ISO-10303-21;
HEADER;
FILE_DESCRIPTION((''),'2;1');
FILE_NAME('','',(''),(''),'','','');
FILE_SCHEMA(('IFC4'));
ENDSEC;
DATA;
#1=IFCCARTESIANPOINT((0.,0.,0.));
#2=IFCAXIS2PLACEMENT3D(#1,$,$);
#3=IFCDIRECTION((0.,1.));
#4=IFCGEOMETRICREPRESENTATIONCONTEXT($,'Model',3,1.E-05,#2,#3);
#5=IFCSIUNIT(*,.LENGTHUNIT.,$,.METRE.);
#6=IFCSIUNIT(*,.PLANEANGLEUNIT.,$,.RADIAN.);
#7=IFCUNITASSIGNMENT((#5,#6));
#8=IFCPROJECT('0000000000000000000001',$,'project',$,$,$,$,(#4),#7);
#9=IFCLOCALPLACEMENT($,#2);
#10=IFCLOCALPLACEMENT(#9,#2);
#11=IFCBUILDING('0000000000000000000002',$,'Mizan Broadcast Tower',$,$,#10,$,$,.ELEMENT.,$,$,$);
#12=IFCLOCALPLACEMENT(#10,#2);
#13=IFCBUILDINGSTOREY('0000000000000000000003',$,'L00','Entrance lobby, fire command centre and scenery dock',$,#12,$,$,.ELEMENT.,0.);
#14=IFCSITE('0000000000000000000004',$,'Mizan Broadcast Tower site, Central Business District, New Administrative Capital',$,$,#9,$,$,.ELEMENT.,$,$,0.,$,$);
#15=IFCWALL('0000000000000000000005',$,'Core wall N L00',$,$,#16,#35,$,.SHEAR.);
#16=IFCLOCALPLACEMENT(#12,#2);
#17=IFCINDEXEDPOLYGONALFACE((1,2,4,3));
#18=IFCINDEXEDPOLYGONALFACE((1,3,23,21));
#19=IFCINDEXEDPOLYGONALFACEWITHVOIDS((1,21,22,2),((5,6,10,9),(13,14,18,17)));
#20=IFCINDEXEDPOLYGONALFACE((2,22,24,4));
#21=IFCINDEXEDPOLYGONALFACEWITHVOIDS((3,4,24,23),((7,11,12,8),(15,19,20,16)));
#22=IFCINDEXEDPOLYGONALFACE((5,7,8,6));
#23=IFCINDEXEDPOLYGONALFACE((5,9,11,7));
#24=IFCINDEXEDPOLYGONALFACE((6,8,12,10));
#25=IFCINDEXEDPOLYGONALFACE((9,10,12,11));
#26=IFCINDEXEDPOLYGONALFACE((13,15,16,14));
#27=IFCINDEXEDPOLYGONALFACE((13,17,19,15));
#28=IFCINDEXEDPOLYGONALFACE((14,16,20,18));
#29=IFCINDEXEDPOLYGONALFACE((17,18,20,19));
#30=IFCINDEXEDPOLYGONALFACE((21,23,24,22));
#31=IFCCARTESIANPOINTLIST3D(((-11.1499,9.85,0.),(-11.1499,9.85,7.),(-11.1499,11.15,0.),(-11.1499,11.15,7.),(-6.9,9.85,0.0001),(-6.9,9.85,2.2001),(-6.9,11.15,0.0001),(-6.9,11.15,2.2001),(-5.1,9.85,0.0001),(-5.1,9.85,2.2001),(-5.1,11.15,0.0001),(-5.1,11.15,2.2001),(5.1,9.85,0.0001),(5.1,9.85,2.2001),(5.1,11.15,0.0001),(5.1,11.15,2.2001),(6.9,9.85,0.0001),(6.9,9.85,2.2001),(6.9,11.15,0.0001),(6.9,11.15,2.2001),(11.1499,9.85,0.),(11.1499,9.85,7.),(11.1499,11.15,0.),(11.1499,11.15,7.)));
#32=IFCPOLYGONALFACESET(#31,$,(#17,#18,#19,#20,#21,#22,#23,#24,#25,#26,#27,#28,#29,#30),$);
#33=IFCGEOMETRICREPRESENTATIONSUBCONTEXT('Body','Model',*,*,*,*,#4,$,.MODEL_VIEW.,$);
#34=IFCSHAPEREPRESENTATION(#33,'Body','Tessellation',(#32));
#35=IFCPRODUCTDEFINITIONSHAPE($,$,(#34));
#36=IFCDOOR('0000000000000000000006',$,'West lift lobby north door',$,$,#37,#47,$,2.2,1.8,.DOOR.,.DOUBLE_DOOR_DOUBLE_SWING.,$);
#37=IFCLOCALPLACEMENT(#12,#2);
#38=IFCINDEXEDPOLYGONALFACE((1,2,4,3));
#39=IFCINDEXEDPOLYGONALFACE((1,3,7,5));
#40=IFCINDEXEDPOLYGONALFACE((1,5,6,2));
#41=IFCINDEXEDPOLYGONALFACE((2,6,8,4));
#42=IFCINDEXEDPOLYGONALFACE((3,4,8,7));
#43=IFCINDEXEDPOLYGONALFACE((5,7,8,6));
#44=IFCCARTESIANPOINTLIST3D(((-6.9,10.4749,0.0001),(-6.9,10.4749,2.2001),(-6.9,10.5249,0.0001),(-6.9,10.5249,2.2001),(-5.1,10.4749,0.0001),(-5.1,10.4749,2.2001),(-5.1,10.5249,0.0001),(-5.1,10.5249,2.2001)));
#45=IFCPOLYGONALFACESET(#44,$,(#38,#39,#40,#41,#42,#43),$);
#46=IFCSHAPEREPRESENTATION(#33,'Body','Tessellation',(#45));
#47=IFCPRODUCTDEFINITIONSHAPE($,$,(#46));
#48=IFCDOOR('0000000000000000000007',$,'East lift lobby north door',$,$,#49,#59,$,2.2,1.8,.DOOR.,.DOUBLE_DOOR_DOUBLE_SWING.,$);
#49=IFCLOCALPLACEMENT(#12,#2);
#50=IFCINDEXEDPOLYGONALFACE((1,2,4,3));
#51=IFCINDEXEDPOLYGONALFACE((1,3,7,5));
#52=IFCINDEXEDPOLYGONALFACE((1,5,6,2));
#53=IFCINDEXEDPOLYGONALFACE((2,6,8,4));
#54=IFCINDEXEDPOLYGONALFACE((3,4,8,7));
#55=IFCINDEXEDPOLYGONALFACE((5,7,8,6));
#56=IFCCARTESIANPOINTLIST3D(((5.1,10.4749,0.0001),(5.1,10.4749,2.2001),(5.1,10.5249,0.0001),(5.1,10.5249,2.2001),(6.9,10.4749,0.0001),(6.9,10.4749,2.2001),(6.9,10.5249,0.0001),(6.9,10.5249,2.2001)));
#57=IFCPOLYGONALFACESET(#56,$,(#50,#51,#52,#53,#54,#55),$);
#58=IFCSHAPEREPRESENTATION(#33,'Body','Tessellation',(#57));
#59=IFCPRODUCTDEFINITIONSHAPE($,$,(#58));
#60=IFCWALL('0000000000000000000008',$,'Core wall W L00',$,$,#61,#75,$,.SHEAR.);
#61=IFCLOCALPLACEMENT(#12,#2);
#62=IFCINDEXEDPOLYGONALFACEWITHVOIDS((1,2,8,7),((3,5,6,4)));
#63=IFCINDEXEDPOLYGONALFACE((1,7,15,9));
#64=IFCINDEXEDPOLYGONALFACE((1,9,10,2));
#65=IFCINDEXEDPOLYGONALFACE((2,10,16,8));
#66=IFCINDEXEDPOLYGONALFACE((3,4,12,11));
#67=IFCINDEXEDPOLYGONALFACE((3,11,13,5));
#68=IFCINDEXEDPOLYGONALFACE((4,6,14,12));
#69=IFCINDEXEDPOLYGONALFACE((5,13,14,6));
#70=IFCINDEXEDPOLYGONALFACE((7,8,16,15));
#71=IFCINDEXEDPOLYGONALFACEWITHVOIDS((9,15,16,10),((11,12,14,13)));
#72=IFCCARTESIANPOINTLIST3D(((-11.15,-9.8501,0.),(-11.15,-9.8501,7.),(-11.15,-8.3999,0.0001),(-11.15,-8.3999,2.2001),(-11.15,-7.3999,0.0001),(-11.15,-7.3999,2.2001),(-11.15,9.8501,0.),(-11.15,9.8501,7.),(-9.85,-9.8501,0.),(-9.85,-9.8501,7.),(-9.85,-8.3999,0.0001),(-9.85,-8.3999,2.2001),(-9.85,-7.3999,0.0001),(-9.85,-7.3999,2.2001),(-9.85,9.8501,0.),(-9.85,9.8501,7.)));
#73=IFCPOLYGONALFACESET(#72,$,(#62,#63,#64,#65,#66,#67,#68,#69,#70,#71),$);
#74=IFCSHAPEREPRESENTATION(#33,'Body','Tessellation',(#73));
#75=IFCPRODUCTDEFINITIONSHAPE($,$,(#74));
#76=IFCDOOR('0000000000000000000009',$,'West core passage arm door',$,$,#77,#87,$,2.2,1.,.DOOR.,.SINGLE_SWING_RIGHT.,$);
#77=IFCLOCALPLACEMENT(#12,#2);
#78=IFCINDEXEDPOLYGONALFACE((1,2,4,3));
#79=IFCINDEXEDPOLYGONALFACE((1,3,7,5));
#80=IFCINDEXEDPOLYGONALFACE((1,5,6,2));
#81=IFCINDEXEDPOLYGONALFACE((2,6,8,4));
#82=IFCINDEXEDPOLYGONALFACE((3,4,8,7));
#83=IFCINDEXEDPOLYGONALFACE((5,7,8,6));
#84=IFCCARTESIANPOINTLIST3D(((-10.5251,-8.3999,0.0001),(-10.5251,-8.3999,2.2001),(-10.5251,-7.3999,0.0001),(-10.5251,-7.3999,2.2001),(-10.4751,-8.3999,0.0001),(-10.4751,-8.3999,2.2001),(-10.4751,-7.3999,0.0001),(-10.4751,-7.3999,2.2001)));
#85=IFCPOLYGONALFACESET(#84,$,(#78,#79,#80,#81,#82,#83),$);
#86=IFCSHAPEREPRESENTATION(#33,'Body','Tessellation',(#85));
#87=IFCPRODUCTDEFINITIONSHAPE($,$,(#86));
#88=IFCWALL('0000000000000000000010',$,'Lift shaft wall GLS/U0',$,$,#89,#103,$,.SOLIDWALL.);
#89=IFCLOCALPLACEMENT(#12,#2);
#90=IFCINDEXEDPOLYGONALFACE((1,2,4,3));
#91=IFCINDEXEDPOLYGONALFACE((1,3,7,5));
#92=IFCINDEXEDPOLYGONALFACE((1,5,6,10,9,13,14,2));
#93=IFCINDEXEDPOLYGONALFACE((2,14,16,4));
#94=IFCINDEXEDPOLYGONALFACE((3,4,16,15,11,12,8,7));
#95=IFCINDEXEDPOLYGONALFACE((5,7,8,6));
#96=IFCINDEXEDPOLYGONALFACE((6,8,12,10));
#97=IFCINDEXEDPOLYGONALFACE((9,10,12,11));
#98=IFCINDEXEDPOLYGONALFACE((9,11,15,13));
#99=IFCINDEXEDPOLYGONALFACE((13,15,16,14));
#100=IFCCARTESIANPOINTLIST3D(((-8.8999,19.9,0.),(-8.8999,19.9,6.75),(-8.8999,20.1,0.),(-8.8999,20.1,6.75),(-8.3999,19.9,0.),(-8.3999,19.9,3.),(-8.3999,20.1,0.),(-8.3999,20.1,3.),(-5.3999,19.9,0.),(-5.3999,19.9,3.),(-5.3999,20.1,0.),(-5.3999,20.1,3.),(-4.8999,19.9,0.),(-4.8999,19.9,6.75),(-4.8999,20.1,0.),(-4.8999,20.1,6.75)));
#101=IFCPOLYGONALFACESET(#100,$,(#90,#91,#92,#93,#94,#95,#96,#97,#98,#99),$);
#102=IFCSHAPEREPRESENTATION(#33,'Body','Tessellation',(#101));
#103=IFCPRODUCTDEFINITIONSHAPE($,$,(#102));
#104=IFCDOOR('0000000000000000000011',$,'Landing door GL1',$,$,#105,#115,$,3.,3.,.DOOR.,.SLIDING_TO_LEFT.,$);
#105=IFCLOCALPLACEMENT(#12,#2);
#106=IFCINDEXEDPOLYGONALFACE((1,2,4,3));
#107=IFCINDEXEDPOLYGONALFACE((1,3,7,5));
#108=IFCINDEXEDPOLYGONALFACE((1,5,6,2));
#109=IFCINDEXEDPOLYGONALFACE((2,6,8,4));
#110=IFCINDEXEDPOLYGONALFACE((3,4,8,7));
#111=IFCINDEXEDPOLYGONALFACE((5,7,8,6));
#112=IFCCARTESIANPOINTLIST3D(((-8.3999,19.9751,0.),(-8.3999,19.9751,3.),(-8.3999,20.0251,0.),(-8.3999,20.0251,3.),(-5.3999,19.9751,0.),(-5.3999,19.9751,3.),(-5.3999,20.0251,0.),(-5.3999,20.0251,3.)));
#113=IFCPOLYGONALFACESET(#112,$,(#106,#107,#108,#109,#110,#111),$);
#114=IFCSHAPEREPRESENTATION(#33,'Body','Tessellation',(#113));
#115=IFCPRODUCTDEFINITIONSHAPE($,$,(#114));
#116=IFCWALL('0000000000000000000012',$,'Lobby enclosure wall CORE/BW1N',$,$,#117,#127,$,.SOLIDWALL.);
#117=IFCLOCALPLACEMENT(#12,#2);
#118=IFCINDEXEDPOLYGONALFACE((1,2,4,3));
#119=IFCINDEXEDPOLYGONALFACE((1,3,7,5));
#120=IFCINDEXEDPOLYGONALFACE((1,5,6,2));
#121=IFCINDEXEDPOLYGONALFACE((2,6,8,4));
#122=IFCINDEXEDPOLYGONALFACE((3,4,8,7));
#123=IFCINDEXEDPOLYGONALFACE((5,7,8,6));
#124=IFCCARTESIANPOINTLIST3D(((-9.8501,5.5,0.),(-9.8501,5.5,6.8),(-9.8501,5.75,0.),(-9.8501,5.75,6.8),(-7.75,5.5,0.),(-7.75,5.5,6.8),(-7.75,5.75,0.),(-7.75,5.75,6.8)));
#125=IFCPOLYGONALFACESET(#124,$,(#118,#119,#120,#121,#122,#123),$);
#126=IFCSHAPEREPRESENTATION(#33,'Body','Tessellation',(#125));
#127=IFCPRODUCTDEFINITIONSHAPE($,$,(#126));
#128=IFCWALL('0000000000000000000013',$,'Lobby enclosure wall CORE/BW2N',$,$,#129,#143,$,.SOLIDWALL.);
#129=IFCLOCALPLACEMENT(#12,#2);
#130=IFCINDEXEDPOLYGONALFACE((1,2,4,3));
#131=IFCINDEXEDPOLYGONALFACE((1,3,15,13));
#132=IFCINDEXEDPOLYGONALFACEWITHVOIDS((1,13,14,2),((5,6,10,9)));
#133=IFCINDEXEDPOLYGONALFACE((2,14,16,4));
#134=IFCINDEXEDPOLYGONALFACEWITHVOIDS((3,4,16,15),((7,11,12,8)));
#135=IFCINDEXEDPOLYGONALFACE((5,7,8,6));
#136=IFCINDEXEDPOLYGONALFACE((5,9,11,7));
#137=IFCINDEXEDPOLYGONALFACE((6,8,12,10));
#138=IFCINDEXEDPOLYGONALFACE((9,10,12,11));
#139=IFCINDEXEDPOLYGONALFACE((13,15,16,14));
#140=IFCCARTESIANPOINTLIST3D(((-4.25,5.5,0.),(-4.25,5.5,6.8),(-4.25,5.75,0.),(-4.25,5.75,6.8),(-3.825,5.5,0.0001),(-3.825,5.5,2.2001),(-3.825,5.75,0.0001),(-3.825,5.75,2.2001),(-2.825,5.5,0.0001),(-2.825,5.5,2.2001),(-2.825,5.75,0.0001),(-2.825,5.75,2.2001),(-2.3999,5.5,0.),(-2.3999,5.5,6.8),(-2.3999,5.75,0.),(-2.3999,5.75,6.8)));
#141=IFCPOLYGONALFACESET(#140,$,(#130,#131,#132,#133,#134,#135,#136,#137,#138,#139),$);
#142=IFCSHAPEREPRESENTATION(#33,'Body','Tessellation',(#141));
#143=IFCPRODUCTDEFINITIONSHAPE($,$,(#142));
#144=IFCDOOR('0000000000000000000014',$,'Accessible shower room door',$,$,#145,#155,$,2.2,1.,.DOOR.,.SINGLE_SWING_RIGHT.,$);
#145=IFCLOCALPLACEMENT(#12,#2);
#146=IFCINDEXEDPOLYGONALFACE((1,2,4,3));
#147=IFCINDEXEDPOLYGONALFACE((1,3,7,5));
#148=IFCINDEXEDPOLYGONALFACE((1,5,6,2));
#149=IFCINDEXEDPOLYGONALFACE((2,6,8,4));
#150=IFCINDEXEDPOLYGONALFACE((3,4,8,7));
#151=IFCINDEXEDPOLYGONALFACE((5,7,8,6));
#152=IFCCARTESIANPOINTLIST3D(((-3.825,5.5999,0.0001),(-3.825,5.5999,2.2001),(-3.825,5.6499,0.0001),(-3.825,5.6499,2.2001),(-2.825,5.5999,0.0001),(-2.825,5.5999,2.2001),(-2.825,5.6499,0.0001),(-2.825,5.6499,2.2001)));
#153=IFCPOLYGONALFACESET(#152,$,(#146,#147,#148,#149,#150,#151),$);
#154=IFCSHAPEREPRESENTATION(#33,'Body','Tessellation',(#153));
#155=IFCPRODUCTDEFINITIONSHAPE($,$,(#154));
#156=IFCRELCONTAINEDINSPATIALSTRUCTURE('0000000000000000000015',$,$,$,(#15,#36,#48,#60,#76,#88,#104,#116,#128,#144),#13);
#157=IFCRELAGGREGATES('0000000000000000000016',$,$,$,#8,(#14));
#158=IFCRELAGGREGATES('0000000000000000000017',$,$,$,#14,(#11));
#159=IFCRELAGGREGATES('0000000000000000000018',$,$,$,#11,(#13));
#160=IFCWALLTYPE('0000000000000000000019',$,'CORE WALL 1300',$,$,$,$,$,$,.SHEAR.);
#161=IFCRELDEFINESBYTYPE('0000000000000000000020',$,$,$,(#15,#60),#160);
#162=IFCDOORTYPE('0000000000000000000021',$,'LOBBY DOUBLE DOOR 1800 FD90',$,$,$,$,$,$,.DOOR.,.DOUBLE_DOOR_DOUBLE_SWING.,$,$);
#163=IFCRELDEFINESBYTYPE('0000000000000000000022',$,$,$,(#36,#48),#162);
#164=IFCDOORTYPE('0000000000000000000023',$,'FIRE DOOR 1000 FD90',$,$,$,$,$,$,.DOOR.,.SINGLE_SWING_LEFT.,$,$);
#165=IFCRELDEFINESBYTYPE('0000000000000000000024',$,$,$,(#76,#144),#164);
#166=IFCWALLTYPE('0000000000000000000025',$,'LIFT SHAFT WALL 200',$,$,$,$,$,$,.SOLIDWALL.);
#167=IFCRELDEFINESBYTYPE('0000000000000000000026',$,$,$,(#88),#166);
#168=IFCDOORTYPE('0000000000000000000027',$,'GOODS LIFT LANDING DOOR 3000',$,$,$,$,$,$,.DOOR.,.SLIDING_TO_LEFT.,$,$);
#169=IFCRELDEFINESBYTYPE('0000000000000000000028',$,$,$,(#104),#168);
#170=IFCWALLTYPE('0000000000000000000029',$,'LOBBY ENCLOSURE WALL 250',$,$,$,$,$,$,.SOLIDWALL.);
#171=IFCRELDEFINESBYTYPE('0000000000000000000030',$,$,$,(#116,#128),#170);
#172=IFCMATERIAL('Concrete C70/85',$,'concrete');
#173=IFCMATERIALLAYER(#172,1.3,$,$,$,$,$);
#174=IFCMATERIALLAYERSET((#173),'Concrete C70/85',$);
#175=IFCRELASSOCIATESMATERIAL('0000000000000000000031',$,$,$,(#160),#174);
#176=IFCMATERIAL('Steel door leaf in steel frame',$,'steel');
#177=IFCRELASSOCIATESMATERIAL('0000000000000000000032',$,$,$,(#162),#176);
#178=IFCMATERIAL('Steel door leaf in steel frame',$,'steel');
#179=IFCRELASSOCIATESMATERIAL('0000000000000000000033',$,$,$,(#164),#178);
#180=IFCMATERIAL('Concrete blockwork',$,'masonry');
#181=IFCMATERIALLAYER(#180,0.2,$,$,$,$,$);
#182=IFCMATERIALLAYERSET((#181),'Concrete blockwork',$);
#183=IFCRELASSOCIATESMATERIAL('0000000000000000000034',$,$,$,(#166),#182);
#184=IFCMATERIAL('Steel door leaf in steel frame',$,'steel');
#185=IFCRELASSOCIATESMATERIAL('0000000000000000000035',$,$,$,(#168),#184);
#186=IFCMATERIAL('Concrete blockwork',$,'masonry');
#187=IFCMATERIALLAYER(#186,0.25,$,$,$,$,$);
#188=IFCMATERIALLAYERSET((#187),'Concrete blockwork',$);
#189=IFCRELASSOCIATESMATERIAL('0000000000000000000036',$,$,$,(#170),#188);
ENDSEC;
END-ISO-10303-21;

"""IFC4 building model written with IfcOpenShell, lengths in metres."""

from ifc_helpers import new_model, si_unit, direction, frame, frame_2d, origin, place, context, subcontext, project, spatial, rectangle, extrude, material, layer, layer_set, type_object, element, fill, save


model = new_model("IFC4")

# Units and contexts
model_context = context("Model", 3, precision=1e-05, world=origin(), true_north=direction((0.0, 1.0)))
body_context = subcontext(model_context, "Body", "Model", "MODEL_VIEW")
ifc_project = project(units=[si_unit("LENGTHUNIT", "METRE"), si_unit("PLANEANGLEUNIT", "RADIAN")], contexts=[model_context])

# Site, building, storey
site_placement = place(None, origin())
site = spatial("IfcSite", under=ifc_project, at=site_placement, Name="Mizan Broadcast Tower site, Central Business District, New Administrative Capital", CompositionType="ELEMENT", RefElevation=0.0)
building_placement = place(site_placement, origin())
building = spatial("IfcBuilding", under=site, at=building_placement, Name="Mizan Broadcast Tower", CompositionType="ELEMENT")
storey_placement = place(building_placement, origin())
storey = spatial("IfcBuildingStorey", under=building, at=storey_placement, Name="L00", Description="Entrance lobby, fire command centre and scenery dock", CompositionType="ELEMENT", Elevation=0.0)

# Wall, openings, doors
ifc_material_1 = material(Name="Concrete C70/85", Category="concrete")
ifc_layer_1 = layer(ifc_material_1, 1.3)
ifc_layer_set_1 = layer_set([ifc_layer_1], Name="Concrete C70/85")
wall_type_1 = type_object("IfcWallType", Name="CORE WALL 1300", PredefinedType="SHEAR", material=ifc_layer_set_1)
wall_1_placement = place(storey_placement, frame((-11.1499, 10.5, 0.0), z_axis=(0.0, 0.0, 1.0), x_axis=(1.0, 0.0, 0.0)))
wall_1 = element("IfcWall", 1, at=wall_1_placement, inside=storey, type_object=wall_type_1, Name="Core wall N L00", PredefinedType="SHEAR", context=body_context, shape_type="SweptSolid", body=[
    extrude(rectangle(XDim=22.2998, YDim=1.3, at=frame_2d((11.1499, 0.0))), origin(), (0.0, 0.0, 1.0), 7.0),
])
opening_1_placement = place(wall_1_placement, frame((4.25, 0.0, 0.0)))
opening_1 = element("IfcOpeningElement", 2, at=opening_1_placement, cuts=wall_1, PredefinedType="OPENING", context=body_context, shape_type="SweptSolid", body=[
    extrude(rectangle(XDim=1.8, YDim=2.2, at=frame_2d((0.8999, 1.1001))), frame((0.0, 0.6599, 0.0), z_axis=(0.0, -1.0, 0.0), x_axis=(1.0, 0.0, 0.0)), (0.0, 0.0, 1.0), 1.3201),
])
opening_2_placement = place(wall_1_placement, frame((16.25, 0.0, 0.0)))
opening_2 = element("IfcOpeningElement", 3, at=opening_2_placement, cuts=wall_1, PredefinedType="OPENING", context=body_context, shape_type="SweptSolid", body=[
    extrude(rectangle(XDim=1.8, YDim=2.2, at=frame_2d((0.8999, 1.1001))), frame((0.0, 0.6599, 0.0), z_axis=(0.0, -1.0, 0.0), x_axis=(1.0, 0.0, 0.0)), (0.0, 0.0, 1.0), 1.3201),
])
ifc_material_2 = material(Name="Steel door leaf in steel frame", Category="steel")
door_type_1 = type_object("IfcDoorType", Name="LOBBY DOUBLE DOOR 1800 FD90", OperationType="DOUBLE_DOOR_DOUBLE_SWING", PredefinedType="DOOR", material=ifc_material_2)
door_1_placement = place(opening_1_placement, origin())
door_1 = element("IfcDoor", 4, at=door_1_placement, inside=storey, type_object=door_type_1, Name="West lift lobby north door", OperationType="DOUBLE_DOOR_DOUBLE_SWING", OverallHeight=2.2, OverallWidth=1.8, PredefinedType="DOOR", context=body_context, shape_type="SweptSolid", body=[
    extrude(rectangle(XDim=1.8, YDim=2.2, at=frame_2d((0.8999, 1.1001))), frame((0.0, 0.0249, 0.0), z_axis=(0.0, -1.0, 0.0), x_axis=(1.0, 0.0, 0.0)), (0.0, 0.0, 1.0), 0.05),
])
fill(opening_1, door_1)
door_2_placement = place(opening_2_placement, origin())
door_2 = element("IfcDoor", 5, at=door_2_placement, inside=storey, type_object=door_type_1, Name="East lift lobby north door", OperationType="DOUBLE_DOOR_DOUBLE_SWING", OverallHeight=2.2, OverallWidth=1.8, PredefinedType="DOOR", context=body_context, shape_type="SweptSolid", body=[
    extrude(rectangle(XDim=1.8, YDim=2.2, at=frame_2d((0.8999, 1.1001))), frame((0.0, 0.0249, 0.0), z_axis=(0.0, -1.0, 0.0), x_axis=(1.0, 0.0, 0.0)), (0.0, 0.0, 1.0), 0.05),
])
fill(opening_2, door_2)

# Walls, openings, doors
wall_2_placement = place(storey_placement, frame((-10.5, 9.8501, 0.0), z_axis=(0.0, 0.0, 1.0), x_axis=(0.0, -1.0, 0.0)))
wall_2 = element("IfcWall", 6, at=wall_2_placement, inside=storey, type_object=wall_type_1, Name="Core wall W L00", PredefinedType="SHEAR", context=body_context, shape_type="SweptSolid", body=[
    extrude(rectangle(XDim=19.7002, YDim=1.3, at=frame_2d((9.8501, 0.0))), origin(), (0.0, 0.0, 1.0), 7.0),
])
opening_3_placement = place(wall_2_placement, frame((17.25, 0.0, 0.0)))
opening_3 = element("IfcOpeningElement", 7, at=opening_3_placement, cuts=wall_2, PredefinedType="OPENING", context=body_context, shape_type="SweptSolid", body=[
    extrude(rectangle(XDim=1.0, YDim=2.2, at=frame_2d((0.5, 1.1001))), frame((0.0, 0.6599, 0.0), z_axis=(0.0, -1.0, 0.0), x_axis=(1.0, 0.0, 0.0)), (0.0, 0.0, 1.0), 1.3201),
])
ifc_material_3 = material(Name="Steel door leaf in steel frame", Category="steel")
door_type_2 = type_object("IfcDoorType", Name="FIRE DOOR 1000 FD90", OperationType="SINGLE_SWING_LEFT", PredefinedType="DOOR", material=ifc_material_3)
door_3_placement = place(opening_3_placement, origin())
door_3 = element("IfcDoor", 8, at=door_3_placement, inside=storey, type_object=door_type_2, Name="West core passage arm door", OperationType="SINGLE_SWING_RIGHT", OverallHeight=2.2, OverallWidth=1.0, PredefinedType="DOOR", context=body_context, shape_type="SweptSolid", body=[
    extrude(rectangle(XDim=1.0, YDim=2.2, at=frame_2d((0.5, 1.1001))), frame((0.0, 0.0249, 0.0), z_axis=(0.0, -1.0, 0.0), x_axis=(1.0, 0.0, 0.0)), (0.0, 0.0, 1.0), 0.05),
])
fill(opening_3, door_3)
ifc_material_4 = material(Name="Concrete blockwork", Category="masonry")
ifc_layer_2 = layer(ifc_material_4, 0.2)
ifc_layer_set_2 = layer_set([ifc_layer_2], Name="Concrete blockwork")
wall_type_2 = type_object("IfcWallType", Name="LIFT SHAFT WALL 200", PredefinedType="SOLIDWALL", material=ifc_layer_set_2)
wall_3_placement = place(storey_placement, frame((-4.8999, 20.0, 0.0), z_axis=(0.0, 0.0, 1.0), x_axis=(-1.0, 0.0, 0.0)))
wall_3 = element("IfcWall", 9, at=wall_3_placement, inside=storey, type_object=wall_type_2, Name="Lift shaft wall GLS/U0", PredefinedType="SOLIDWALL", context=body_context, shape_type="SweptSolid", body=[
    extrude(rectangle(XDim=4.0, YDim=0.2, at=frame_2d((2.0, 0.0))), origin(), (0.0, 0.0, 1.0), 6.75),
])
opening_4_placement = place(wall_3_placement, frame((0.5, 0.0, 0.0)))
opening_4 = element("IfcOpeningElement", 10, at=opening_4_placement, cuts=wall_3, PredefinedType="OPENING", context=body_context, shape_type="SweptSolid", body=[
    extrude(rectangle(XDim=3.0, YDim=3.0, at=frame_2d((1.5, 1.5))), frame((0.0, 0.1099, 0.0), z_axis=(0.0, -1.0, 0.0), x_axis=(1.0, 0.0, 0.0)), (0.0, 0.0, 1.0), 0.22),
])
ifc_material_5 = material(Name="Steel door leaf in steel frame", Category="steel")
door_type_3 = type_object("IfcDoorType", Name="GOODS LIFT LANDING DOOR 3000", OperationType="SLIDING_TO_LEFT", PredefinedType="DOOR", material=ifc_material_5)
door_4_placement = place(opening_4_placement, origin())
door_4 = element("IfcDoor", 11, at=door_4_placement, inside=storey, type_object=door_type_3, Name="Landing door GL1", OperationType="SLIDING_TO_LEFT", OverallHeight=3.0, OverallWidth=3.0, PredefinedType="DOOR", context=body_context, shape_type="SweptSolid", body=[
    extrude(rectangle(XDim=3.0, YDim=3.0, at=frame_2d((1.5, 1.5))), frame((0.0, 0.0249, 0.0), z_axis=(0.0, -1.0, 0.0), x_axis=(1.0, 0.0, 0.0)), (0.0, 0.0, 1.0), 0.05),
])
fill(opening_4, door_4)

# Wall
ifc_material_6 = material(Name="Concrete blockwork", Category="masonry")
ifc_layer_3 = layer(ifc_material_6, 0.25)
ifc_layer_set_3 = layer_set([ifc_layer_3], Name="Concrete blockwork")
wall_type_3 = type_object("IfcWallType", Name="LOBBY ENCLOSURE WALL 250", PredefinedType="SOLIDWALL", material=ifc_layer_set_3)
wall_4_placement = place(storey_placement, frame((-9.8501, 5.625, 0.0), z_axis=(0.0, 0.0, 1.0), x_axis=(1.0, 0.0, 0.0)))
element("IfcWall", 12, at=wall_4_placement, inside=storey, type_object=wall_type_3, Name="Lobby enclosure wall CORE/BW1N", PredefinedType="SOLIDWALL", context=body_context, shape_type="SweptSolid", body=[
    extrude(rectangle(XDim=2.1001, YDim=0.25, at=frame_2d((1.05, 0.0))), origin(), (0.0, 0.0, 1.0), 6.8),
])

# Wall, opening, door
wall_5_placement = place(storey_placement, frame((-4.25, 5.625, 0.0), z_axis=(0.0, 0.0, 1.0), x_axis=(1.0, 0.0, 0.0)))
wall_5 = element("IfcWall", 13, at=wall_5_placement, inside=storey, type_object=wall_type_3, Name="Lobby enclosure wall CORE/BW2N", PredefinedType="SOLIDWALL", context=body_context, shape_type="SweptSolid", body=[
    extrude(rectangle(XDim=1.8501, YDim=0.25, at=frame_2d((0.925, 0.0))), origin(), (0.0, 0.0, 1.0), 6.8),
])
opening_5_placement = place(wall_5_placement, frame((0.425, 0.0, 0.0)))
opening_5 = element("IfcOpeningElement", 14, at=opening_5_placement, cuts=wall_5, PredefinedType="OPENING", context=body_context, shape_type="SweptSolid", body=[
    extrude(rectangle(XDim=1.0, YDim=2.2, at=frame_2d((0.5, 1.1001))), frame((0.0, 0.135, 0.0), z_axis=(0.0, -1.0, 0.0), x_axis=(1.0, 0.0, 0.0)), (0.0, 0.0, 1.0), 0.27),
])
door_5_placement = place(opening_5_placement, origin())
door_5 = element("IfcDoor", 15, at=door_5_placement, inside=storey, type_object=door_type_2, Name="Accessible shower room door", OperationType="SINGLE_SWING_RIGHT", OverallHeight=2.2, OverallWidth=1.0, PredefinedType="DOOR", context=body_context, shape_type="SweptSolid", body=[
    extrude(rectangle(XDim=1.0, YDim=2.2, at=frame_2d((0.5, 1.1001))), frame((0.0, 0.0249, 0.0), z_axis=(0.0, -1.0, 0.0), x_axis=(1.0, 0.0, 0.0)), (0.0, 0.0, 1.0), 0.05),
])
fill(opening_5, door_5)

save(model, "model.ifc")
